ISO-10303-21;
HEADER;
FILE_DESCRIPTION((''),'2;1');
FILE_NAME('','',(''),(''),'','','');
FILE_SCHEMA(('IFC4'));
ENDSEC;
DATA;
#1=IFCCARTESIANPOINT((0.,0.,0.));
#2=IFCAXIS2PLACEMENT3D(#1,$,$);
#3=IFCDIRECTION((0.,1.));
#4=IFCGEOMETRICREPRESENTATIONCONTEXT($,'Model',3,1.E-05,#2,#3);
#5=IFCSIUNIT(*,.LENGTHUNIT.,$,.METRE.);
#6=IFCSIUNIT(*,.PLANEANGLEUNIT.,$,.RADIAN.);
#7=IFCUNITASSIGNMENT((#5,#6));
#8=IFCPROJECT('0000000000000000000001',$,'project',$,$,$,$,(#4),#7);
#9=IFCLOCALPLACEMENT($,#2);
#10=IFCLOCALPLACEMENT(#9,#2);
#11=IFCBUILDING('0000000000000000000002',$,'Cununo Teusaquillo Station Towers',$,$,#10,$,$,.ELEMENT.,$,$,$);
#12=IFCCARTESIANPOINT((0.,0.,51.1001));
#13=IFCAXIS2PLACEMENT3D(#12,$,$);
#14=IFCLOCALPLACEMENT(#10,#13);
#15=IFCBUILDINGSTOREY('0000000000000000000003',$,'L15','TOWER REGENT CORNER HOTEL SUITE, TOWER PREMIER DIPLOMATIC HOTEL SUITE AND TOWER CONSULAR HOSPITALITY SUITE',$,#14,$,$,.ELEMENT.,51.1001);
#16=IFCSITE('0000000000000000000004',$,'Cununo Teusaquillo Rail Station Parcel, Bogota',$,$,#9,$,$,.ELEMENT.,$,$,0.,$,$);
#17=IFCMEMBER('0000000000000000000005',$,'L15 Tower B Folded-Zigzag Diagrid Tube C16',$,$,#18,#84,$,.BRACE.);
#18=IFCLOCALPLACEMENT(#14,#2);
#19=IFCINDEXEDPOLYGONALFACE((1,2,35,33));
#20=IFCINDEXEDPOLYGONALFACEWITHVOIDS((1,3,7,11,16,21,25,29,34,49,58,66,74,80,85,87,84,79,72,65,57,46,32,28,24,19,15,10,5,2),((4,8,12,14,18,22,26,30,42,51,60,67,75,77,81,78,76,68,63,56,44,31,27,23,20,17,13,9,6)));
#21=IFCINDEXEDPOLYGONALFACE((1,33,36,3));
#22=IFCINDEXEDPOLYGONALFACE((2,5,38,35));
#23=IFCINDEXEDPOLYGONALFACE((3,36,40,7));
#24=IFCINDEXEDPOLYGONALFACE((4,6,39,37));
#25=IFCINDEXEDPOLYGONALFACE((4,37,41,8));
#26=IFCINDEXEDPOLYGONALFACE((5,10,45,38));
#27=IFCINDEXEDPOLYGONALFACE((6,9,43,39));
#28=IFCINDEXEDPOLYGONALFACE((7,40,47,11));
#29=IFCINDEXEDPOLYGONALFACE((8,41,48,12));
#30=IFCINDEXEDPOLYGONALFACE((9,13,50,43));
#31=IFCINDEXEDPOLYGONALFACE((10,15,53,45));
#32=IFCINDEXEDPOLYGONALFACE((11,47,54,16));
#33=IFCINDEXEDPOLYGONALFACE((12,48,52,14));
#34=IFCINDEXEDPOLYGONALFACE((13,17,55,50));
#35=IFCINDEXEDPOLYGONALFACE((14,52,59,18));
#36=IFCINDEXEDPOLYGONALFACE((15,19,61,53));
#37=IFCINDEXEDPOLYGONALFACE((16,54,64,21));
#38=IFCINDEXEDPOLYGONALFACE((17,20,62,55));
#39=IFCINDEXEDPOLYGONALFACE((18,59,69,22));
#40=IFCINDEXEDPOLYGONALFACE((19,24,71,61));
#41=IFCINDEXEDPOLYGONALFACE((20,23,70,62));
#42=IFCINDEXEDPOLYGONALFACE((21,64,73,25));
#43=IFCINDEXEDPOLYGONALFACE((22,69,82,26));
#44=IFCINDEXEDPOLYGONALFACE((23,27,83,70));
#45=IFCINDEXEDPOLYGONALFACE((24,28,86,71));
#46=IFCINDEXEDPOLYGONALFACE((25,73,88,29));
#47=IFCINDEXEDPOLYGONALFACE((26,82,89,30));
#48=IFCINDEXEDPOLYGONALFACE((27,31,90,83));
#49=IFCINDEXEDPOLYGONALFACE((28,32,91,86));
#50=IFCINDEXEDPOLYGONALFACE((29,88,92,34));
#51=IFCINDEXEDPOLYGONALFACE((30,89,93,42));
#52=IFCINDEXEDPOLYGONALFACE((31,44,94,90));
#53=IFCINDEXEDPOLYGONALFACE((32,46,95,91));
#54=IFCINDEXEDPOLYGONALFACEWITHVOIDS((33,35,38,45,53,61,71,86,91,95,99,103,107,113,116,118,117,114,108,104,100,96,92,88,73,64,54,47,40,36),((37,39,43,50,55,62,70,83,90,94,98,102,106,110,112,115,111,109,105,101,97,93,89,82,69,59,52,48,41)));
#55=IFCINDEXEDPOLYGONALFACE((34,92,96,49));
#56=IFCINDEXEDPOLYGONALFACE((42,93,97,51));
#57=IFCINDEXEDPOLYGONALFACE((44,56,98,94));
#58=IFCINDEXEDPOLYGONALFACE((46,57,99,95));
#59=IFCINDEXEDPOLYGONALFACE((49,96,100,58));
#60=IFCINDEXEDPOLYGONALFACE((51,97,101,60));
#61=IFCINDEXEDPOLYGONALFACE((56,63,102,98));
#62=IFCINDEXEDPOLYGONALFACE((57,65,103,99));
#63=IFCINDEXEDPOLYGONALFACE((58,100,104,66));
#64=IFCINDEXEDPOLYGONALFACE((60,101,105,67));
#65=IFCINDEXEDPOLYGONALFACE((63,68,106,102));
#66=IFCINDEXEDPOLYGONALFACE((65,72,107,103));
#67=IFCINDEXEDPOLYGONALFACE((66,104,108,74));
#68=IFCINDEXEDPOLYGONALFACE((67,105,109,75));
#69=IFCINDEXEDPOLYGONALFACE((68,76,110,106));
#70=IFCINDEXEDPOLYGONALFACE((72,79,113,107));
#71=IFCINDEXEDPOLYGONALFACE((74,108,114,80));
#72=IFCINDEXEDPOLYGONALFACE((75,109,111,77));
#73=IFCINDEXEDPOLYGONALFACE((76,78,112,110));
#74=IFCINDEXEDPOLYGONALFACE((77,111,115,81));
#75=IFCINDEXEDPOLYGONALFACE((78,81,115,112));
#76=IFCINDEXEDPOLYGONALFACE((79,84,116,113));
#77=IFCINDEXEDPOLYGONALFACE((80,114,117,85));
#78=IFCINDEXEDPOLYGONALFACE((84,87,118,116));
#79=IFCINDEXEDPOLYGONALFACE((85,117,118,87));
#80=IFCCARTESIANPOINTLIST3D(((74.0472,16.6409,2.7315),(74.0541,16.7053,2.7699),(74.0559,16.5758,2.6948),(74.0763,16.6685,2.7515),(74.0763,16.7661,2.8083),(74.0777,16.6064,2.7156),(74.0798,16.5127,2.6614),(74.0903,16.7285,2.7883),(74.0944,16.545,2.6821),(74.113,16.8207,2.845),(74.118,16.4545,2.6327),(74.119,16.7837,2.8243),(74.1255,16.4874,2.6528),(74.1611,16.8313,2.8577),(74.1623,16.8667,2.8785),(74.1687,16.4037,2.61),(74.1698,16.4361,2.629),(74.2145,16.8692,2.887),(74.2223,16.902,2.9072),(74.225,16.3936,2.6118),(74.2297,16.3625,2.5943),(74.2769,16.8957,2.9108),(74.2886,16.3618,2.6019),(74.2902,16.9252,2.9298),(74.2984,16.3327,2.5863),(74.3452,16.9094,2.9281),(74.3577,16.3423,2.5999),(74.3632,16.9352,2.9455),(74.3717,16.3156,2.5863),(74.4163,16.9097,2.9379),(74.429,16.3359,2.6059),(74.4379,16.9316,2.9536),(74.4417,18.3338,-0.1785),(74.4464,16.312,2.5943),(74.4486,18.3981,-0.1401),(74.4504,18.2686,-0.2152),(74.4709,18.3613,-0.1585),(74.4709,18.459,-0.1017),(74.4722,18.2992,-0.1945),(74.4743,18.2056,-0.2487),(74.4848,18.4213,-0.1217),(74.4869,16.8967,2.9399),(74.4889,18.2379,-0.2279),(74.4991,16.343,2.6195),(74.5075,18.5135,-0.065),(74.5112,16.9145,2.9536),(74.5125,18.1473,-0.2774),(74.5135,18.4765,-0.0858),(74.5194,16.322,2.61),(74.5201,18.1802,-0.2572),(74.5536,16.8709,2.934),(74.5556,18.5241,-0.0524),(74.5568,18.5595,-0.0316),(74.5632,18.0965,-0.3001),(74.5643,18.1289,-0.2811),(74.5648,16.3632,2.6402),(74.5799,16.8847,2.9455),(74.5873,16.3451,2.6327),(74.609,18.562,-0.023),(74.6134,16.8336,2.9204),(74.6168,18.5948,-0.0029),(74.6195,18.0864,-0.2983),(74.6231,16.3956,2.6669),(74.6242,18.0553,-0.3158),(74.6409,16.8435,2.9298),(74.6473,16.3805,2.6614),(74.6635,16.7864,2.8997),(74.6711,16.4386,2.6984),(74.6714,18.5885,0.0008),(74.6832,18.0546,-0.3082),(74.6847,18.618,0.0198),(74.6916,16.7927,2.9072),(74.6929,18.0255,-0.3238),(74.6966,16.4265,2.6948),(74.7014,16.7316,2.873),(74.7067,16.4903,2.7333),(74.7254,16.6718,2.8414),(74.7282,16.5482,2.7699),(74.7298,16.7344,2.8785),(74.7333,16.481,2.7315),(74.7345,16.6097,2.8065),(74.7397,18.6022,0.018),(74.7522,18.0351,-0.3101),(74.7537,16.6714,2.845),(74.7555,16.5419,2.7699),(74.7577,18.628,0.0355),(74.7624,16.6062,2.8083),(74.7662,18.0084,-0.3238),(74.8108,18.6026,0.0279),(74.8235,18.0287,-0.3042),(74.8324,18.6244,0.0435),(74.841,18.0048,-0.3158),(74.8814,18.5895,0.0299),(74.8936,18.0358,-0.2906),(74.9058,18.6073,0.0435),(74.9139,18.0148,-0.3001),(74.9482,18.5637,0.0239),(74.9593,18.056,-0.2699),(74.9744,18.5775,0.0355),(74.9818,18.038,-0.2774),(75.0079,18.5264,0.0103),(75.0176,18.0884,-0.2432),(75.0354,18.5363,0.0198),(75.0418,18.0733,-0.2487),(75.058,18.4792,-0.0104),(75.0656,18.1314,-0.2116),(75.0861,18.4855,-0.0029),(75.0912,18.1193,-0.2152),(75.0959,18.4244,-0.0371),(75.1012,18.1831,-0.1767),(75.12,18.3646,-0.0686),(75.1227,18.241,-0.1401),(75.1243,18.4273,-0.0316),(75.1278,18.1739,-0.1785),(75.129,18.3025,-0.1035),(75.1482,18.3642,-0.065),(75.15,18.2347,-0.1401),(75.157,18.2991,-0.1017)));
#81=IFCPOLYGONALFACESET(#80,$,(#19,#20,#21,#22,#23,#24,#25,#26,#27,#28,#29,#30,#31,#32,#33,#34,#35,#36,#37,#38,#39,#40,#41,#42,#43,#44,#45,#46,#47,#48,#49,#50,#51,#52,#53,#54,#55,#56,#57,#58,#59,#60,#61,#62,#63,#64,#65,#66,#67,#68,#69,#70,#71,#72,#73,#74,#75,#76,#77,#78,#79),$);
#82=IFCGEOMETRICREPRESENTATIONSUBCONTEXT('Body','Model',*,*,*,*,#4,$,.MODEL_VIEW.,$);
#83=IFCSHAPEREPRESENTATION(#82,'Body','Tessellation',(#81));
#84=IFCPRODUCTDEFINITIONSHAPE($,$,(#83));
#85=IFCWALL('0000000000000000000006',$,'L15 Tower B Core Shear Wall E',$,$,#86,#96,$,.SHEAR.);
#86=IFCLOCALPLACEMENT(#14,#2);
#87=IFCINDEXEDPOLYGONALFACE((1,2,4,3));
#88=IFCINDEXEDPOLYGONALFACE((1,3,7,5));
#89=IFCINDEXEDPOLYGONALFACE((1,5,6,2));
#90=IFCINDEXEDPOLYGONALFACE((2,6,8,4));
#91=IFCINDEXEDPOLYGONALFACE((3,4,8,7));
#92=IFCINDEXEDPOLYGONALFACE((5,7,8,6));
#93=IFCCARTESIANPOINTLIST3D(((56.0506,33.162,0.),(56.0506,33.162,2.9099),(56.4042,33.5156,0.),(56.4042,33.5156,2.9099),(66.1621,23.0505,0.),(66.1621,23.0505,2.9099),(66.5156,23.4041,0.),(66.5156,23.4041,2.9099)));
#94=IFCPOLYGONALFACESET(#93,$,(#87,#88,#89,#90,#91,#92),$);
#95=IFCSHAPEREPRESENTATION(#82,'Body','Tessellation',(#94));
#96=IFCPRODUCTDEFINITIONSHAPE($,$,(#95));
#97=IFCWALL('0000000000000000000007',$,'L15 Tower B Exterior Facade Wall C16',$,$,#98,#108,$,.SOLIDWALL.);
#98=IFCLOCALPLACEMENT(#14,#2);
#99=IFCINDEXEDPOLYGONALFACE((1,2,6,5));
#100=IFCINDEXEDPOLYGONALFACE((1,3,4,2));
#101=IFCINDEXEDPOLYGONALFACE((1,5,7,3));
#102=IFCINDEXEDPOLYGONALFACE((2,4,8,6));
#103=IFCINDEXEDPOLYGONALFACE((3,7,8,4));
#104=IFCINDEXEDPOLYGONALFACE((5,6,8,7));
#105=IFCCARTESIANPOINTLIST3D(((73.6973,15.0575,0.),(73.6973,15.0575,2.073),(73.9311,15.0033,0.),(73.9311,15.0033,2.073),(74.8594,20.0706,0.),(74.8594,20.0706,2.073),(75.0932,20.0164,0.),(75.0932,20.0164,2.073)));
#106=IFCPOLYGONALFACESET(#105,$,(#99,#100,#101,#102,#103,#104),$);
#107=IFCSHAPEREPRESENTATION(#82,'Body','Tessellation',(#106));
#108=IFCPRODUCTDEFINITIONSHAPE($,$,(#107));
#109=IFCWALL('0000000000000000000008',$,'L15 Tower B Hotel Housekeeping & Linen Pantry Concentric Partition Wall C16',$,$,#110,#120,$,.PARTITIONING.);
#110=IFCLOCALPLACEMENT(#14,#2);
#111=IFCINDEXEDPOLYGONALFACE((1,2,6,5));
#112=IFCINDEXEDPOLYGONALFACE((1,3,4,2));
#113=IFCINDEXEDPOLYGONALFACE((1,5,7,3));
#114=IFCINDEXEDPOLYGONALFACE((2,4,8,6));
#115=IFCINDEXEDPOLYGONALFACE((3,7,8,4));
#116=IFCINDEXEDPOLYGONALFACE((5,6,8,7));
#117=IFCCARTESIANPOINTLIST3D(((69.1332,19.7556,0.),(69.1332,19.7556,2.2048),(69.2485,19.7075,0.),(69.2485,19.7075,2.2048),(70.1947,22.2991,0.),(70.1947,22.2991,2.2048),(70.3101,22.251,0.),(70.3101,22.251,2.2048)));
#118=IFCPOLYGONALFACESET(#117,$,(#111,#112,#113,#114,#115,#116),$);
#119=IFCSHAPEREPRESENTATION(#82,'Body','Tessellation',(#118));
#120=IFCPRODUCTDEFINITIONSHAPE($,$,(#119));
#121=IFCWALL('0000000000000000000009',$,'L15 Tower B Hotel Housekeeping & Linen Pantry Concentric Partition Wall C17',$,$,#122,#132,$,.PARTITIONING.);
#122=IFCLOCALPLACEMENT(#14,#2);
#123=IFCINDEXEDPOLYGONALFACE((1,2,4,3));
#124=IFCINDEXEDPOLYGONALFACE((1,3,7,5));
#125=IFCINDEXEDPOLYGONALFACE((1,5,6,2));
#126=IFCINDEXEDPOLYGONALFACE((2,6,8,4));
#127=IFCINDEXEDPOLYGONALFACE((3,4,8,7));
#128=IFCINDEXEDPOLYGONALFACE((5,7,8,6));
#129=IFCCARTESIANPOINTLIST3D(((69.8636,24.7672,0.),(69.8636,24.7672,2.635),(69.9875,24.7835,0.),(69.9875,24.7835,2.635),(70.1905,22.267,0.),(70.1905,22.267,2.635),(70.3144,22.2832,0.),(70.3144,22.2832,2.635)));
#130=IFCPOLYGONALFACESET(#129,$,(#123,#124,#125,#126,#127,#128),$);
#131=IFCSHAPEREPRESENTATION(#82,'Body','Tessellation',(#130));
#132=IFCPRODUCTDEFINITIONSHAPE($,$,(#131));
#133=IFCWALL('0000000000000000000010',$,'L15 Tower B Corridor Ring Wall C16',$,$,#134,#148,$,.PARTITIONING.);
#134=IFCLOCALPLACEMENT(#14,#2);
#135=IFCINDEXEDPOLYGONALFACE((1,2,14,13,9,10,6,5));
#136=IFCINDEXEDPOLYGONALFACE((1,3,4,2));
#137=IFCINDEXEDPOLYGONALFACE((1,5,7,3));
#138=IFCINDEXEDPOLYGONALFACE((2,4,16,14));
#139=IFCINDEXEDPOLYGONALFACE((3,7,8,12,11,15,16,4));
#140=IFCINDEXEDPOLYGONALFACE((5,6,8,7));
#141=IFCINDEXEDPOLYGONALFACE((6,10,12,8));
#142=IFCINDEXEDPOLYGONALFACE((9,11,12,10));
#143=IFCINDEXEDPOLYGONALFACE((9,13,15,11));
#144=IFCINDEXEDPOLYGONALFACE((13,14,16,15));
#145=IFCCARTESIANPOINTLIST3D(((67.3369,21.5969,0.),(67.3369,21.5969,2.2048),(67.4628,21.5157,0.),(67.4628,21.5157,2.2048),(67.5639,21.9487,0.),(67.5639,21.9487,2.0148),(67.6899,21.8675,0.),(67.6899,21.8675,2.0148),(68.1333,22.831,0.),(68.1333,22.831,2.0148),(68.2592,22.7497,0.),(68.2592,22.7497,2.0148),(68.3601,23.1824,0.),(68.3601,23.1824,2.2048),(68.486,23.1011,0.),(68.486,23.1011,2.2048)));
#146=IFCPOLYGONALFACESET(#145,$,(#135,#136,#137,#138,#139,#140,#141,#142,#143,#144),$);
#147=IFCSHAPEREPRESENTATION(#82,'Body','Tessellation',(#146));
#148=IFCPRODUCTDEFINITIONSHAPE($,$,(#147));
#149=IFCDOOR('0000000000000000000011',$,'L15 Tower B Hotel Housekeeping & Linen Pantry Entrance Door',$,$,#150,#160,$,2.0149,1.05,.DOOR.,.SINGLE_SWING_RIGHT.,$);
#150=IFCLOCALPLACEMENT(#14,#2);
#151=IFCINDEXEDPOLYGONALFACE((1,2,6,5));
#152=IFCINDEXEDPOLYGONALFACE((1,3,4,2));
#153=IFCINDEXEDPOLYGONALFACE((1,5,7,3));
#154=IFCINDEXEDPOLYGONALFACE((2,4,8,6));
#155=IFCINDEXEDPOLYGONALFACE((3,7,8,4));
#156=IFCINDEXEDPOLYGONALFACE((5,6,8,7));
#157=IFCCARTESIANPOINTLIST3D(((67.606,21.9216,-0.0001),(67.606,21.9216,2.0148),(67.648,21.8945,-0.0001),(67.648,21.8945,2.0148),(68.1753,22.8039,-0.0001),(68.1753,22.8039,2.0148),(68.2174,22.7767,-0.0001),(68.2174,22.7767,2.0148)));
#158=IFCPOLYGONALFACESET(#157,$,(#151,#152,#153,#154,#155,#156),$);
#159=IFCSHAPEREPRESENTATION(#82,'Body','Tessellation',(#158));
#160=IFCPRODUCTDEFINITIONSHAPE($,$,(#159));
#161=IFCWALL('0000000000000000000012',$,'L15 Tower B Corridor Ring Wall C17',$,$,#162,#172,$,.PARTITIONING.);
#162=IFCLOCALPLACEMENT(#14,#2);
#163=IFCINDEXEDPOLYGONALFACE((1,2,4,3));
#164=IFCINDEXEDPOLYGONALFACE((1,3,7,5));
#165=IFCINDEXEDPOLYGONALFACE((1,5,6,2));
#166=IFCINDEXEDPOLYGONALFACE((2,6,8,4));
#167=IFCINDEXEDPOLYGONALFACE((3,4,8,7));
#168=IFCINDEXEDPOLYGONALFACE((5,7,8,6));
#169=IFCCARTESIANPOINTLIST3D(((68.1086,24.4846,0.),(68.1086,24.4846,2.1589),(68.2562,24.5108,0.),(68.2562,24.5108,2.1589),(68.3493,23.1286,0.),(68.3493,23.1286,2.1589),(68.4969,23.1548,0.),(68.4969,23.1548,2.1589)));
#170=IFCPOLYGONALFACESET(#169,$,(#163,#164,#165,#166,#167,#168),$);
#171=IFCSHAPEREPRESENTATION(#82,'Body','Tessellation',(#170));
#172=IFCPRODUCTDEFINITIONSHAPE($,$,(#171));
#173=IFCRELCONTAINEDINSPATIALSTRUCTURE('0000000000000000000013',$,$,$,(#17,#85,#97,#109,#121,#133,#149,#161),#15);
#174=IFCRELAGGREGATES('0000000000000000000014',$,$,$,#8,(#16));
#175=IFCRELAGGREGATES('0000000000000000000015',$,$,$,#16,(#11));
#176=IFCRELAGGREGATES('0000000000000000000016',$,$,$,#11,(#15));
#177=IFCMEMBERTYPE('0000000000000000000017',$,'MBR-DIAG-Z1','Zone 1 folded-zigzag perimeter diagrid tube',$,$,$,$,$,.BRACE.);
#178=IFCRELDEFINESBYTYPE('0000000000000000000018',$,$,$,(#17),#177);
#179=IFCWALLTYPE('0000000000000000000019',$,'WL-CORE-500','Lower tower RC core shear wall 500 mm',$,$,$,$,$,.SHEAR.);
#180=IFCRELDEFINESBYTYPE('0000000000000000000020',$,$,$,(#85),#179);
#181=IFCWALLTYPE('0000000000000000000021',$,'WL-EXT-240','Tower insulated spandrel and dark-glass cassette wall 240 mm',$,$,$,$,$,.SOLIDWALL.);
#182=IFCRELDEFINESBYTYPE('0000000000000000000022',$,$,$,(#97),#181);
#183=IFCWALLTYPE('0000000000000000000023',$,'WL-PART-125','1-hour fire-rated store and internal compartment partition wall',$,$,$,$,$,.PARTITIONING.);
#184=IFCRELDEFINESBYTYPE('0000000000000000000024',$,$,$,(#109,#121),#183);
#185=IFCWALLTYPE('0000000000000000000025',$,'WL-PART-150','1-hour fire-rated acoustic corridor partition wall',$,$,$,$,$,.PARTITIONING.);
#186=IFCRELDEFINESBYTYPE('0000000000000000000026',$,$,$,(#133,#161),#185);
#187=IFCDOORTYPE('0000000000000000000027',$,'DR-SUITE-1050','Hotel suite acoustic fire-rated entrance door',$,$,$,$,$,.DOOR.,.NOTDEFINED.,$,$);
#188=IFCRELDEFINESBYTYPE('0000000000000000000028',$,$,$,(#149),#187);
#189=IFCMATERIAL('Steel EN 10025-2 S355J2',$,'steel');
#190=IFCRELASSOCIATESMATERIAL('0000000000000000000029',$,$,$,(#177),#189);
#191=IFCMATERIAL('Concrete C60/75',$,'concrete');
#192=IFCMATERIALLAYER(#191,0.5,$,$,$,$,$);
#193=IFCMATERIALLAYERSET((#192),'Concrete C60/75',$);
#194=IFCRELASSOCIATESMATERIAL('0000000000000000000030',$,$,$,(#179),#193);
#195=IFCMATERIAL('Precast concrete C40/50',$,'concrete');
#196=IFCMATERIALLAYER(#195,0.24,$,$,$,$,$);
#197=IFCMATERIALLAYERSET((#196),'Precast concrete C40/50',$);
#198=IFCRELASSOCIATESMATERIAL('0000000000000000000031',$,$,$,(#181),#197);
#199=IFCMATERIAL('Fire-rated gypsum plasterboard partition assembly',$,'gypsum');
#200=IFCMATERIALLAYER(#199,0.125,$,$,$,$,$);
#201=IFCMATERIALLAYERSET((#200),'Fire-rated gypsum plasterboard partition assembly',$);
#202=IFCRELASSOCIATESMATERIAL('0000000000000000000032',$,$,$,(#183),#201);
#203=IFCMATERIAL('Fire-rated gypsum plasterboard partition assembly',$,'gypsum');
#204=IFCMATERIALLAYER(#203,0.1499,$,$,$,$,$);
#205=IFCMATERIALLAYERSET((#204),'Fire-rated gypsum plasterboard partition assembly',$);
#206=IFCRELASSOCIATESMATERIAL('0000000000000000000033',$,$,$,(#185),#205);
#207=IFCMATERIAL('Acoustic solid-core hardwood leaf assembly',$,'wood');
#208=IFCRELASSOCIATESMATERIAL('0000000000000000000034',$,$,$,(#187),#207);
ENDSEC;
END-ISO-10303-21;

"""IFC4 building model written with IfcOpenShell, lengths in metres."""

from ifc_helpers import new_model, si_unit, direction, frame, frame_2d, origin, origin_2d, place, context, subcontext, project, spatial, rectangle, hollow_circle, extrude, source, transform, mapped, material, layer, layer_set, material_profile, profile_set, type_object, element, fill, save


model = new_model("IFC4")

# Units and contexts
model_context = context("Model", 3, precision=1e-05, world=origin(), true_north=direction((0.0, 1.0)))
body_context = subcontext(model_context, "Body", "Model", "MODEL_VIEW")
ifc_project = project(units=[si_unit("LENGTHUNIT", "METRE"), si_unit("PLANEANGLEUNIT", "RADIAN")], contexts=[model_context])

# Site, building, storey
site_placement = place(None, origin())
site = spatial("IfcSite", under=ifc_project, at=site_placement, Name="Cununo Teusaquillo Rail Station Parcel, Bogota", CompositionType="ELEMENT", RefElevation=0.0)
building_placement = place(site_placement, origin())
building = spatial("IfcBuilding", under=site, at=building_placement, Name="Cununo Teusaquillo Station Towers", CompositionType="ELEMENT")
storey_placement = place(building_placement, frame((0.0, 0.0, 51.1001)))
storey = spatial("IfcBuildingStorey", under=building, at=storey_placement, Name="L15", Description="TOWER REGENT CORNER HOTEL SUITE, TOWER PREMIER DIPLOMATIC HOTEL SUITE AND TOWER CONSULAR HOSPITALITY SUITE", CompositionType="ELEMENT", Elevation=51.1001)

# Member
ifc_material_1 = material(Name="Steel EN 10025-2 S355J2", Category="steel")
ifc_material_profile_1 = material_profile(ifc_material_1, hollow_circle(Radius=0.3601, WallThickness=0.0281, at=origin_2d()), Name="CHS 720x28")
ifc_profile_set_1 = profile_set([ifc_material_profile_1], Name="Steel EN 10025-2 S355J2")
member_type = type_object("IfcMemberType", Name="MBR-DIAG-Z1", Description="Zone 1 folded-zigzag perimeter diagrid tube", PredefinedType="BRACE", material=ifc_profile_set_1)
member_placement = place(storey_placement, frame((74.7993, 18.3164, -0.1401), z_axis=(-0.116389, -0.499407, 0.858514), x_axis=(0.973901, -0.226972, 0.0)))
element("IfcMember", 1, at=member_placement, inside=storey, type_object=member_type, Name="L15 Tower B Folded-Zigzag Diagrid Tube C16", PredefinedType="BRACE", context=body_context, shape_type="SweptSolid", body=[
    extrude(hollow_circle(Radius=0.3601, WallThickness=0.0281, at=origin_2d()), origin(), (0.0, 0.0, 1.0), 3.3896),
])

# Walls
ifc_material_2 = material(Name="Concrete C60/75", Category="concrete")
ifc_layer_1 = layer(ifc_material_2, 0.5)
ifc_layer_set_1 = layer_set([ifc_layer_1], Name="Concrete C60/75")
wall_type_1 = type_object("IfcWallType", Name="WL-CORE-500", Description="Lower tower RC core shear wall 500 mm", PredefinedType="SHEAR", material=ifc_layer_set_1)
wall_1_placement = place(storey_placement, frame((66.3389, 23.2273, 0.0), z_axis=(0.0, 0.0, 1.0), x_axis=(-0.707107, 0.707107, 0.0)))
element("IfcWall", 2, at=wall_1_placement, inside=storey, type_object=wall_type_1, Name="L15 Tower B Core Shear Wall E", PredefinedType="SHEAR", context=body_context, shape_type="SweptSolid", body=[
    extrude(rectangle(XDim=14.2998, YDim=0.5, at=frame_2d((7.1499, 0.0))), origin(), (0.0, 0.0, 1.0), 2.9099),
])
ifc_material_3 = material(Name="Precast concrete C40/50", Category="concrete")
ifc_layer_2 = layer(ifc_material_3, 0.24)
ifc_layer_set_2 = layer_set([ifc_layer_2], Name="Precast concrete C40/50")
wall_type_2 = type_object("IfcWallType", Name="WL-EXT-240", Description="Tower insulated spandrel and dark-glass cassette wall 240 mm", PredefinedType="SOLIDWALL", material=ifc_layer_set_2)
wall_2_placement = place(storey_placement, frame((74.9763, 20.0435, 0.0), z_axis=(0.0, 0.0, 1.0), x_axis=(-0.225833, -0.974166, 0.0)))
element("IfcWall", 3, at=wall_2_placement, inside=storey, type_object=wall_type_2, Name="L15 Tower B Exterior Facade Wall C16", PredefinedType="SOLIDWALL", context=body_context, shape_type="SweptSolid", body=[
    extrude(rectangle(XDim=5.146, YDim=0.24, at=frame_2d((2.573, 0.0))), origin(), (0.0, 0.0, 1.0), 2.073),
])
ifc_material_4 = material(Name="Fire-rated gypsum plasterboard partition assembly", Category="gypsum")
ifc_layer_3 = layer(ifc_material_4, 0.125)
ifc_layer_set_3 = layer_set([ifc_layer_3], Name="Fire-rated gypsum plasterboard partition assembly")
wall_type_3 = type_object("IfcWallType", Name="WL-PART-125", Description="1-hour fire-rated store and internal compartment partition wall", PredefinedType="PARTITIONING", material=ifc_layer_set_3)
wall_3_placement = place(storey_placement, frame((69.1909, 19.7317, 0.0), z_axis=(0.0, 0.0, 1.0), x_axis=(0.385156, 0.922851, 0.0)))
element("IfcWall", 4, at=wall_3_placement, inside=storey, type_object=wall_type_3, Name="L15 Tower B Hotel Housekeeping & Linen Pantry Concentric Partition Wall C16", PredefinedType="PARTITIONING", context=body_context, shape_type="SweptSolid", body=[
    extrude(rectangle(XDim=2.7561, YDim=0.125, at=frame_2d((1.3779, 0.0))), origin(), (0.0, 0.0, 1.0), 2.2048),
])
wall_4_placement = place(storey_placement, frame((70.2524, 22.2751, 0.0), z_axis=(0.0, 0.0, 1.0), x_axis=(-0.129645, 0.99156, 0.0)))
element("IfcWall", 5, at=wall_4_placement, inside=storey, type_object=wall_type_3, Name="L15 Tower B Hotel Housekeeping & Linen Pantry Concentric Partition Wall C17", PredefinedType="PARTITIONING", context=body_context, shape_type="SweptSolid", body=[
    extrude(rectangle(XDim=2.5215, YDim=0.125, at=frame_2d((1.2607, 0.0))), origin(), (0.0, 0.0, 1.0), 2.635),
])

# Wall, opening, door
ifc_material_5 = material(Name="Fire-rated gypsum plasterboard partition assembly", Category="gypsum")
ifc_layer_4 = layer(ifc_material_5, 0.1499)
ifc_layer_set_4 = layer_set([ifc_layer_4], Name="Fire-rated gypsum plasterboard partition assembly")
wall_type_4 = type_object("IfcWallType", Name="WL-PART-150", Description="1-hour fire-rated acoustic corridor partition wall", PredefinedType="PARTITIONING", material=ifc_layer_set_4)
wall_5_placement = place(storey_placement, frame((67.3999, 21.5564, 0.0), z_axis=(0.0, 0.0, 1.0), x_axis=(0.542248, 0.840219, 0.0)))
wall_5 = element("IfcWall", 6, at=wall_5_placement, inside=storey, type_object=wall_type_4, Name="L15 Tower B Corridor Ring Wall C16", PredefinedType="PARTITIONING", context=body_context, shape_type="SweptSolid", body=[
    extrude(rectangle(XDim=1.887, YDim=0.1499, at=frame_2d((0.9434, 0.0))), origin(), (0.0, 0.0, 1.0), 2.2048),
])
shared_shape_1 = source(origin(), body_context, "Body", "SweptSolid", [
    extrude(rectangle(XDim=1.05, YDim=2.0149, at=frame_2d((0.5249, 1.0073))), frame((0.0, 0.085, 0.0), z_axis=(0.0, -1.0, 0.0), x_axis=(1.0, 0.0, 0.0)), (0.0, 0.0, 1.0), 0.1699),
])
opening_placement = place(wall_5_placement, frame((0.4187, 0.0, 0.0)))
opening = element("IfcOpeningElement", 7, at=opening_placement, cuts=wall_5, PredefinedType="OPENING", context=body_context, shape_type="MappedRepresentation", body=[
    mapped(shared_shape_1, transform((0.0, 0.0, 0.0), x_axis=(1.0, 0.0, 0.0), y_axis=(0.0, 1.0, 0.0), z_axis=(0.0, 0.0, 1.0), scale=1.0)),
])
ifc_material_6 = material(Name="Acoustic solid-core hardwood leaf assembly", Category="wood")
door_type = type_object("IfcDoorType", Name="DR-SUITE-1050", Description="Hotel suite acoustic fire-rated entrance door", OperationType="NOTDEFINED", PredefinedType="DOOR", material=ifc_material_6)
shared_shape_2 = source(origin(), body_context, "Body", "SweptSolid", [
    extrude(rectangle(XDim=1.05, YDim=2.0149, at=frame_2d((0.5249, 1.0073))), frame((0.0, 0.0249, 0.0), z_axis=(0.0, -1.0, 0.0), x_axis=(1.0, 0.0, 0.0)), (0.0, 0.0, 1.0), 0.05),
])
door_placement = place(opening_placement, origin())
door = element("IfcDoor", 8, at=door_placement, inside=storey, type_object=door_type, Name="L15 Tower B Hotel Housekeeping & Linen Pantry Entrance Door", OperationType="SINGLE_SWING_RIGHT", OverallHeight=2.0149, OverallWidth=1.05, PredefinedType="DOOR", context=body_context, shape_type="MappedRepresentation", body=[
    mapped(shared_shape_2, transform((0.0, 0.0, 0.0), x_axis=(1.0, 0.0, 0.0), y_axis=(0.0, 1.0, 0.0), z_axis=(0.0, 0.0, 1.0), scale=1.0)),
])
fill(opening, door)

# Wall
wall_6_placement = place(storey_placement, frame((68.4231, 23.1418, 0.0), z_axis=(0.0, 0.0, 1.0), x_axis=(-0.174797, 0.984605, 0.0)))
element("IfcWall", 9, at=wall_6_placement, inside=storey, type_object=wall_type_4, Name="L15 Tower B Corridor Ring Wall C17", PredefinedType="PARTITIONING", context=body_context, shape_type="SweptSolid", body=[
    extrude(rectangle(XDim=1.3772, YDim=0.1499, at=frame_2d((0.6885, 0.0))), origin(), (0.0, 0.0, 1.0), 2.1589),
])

save(model, "model.ifc")
